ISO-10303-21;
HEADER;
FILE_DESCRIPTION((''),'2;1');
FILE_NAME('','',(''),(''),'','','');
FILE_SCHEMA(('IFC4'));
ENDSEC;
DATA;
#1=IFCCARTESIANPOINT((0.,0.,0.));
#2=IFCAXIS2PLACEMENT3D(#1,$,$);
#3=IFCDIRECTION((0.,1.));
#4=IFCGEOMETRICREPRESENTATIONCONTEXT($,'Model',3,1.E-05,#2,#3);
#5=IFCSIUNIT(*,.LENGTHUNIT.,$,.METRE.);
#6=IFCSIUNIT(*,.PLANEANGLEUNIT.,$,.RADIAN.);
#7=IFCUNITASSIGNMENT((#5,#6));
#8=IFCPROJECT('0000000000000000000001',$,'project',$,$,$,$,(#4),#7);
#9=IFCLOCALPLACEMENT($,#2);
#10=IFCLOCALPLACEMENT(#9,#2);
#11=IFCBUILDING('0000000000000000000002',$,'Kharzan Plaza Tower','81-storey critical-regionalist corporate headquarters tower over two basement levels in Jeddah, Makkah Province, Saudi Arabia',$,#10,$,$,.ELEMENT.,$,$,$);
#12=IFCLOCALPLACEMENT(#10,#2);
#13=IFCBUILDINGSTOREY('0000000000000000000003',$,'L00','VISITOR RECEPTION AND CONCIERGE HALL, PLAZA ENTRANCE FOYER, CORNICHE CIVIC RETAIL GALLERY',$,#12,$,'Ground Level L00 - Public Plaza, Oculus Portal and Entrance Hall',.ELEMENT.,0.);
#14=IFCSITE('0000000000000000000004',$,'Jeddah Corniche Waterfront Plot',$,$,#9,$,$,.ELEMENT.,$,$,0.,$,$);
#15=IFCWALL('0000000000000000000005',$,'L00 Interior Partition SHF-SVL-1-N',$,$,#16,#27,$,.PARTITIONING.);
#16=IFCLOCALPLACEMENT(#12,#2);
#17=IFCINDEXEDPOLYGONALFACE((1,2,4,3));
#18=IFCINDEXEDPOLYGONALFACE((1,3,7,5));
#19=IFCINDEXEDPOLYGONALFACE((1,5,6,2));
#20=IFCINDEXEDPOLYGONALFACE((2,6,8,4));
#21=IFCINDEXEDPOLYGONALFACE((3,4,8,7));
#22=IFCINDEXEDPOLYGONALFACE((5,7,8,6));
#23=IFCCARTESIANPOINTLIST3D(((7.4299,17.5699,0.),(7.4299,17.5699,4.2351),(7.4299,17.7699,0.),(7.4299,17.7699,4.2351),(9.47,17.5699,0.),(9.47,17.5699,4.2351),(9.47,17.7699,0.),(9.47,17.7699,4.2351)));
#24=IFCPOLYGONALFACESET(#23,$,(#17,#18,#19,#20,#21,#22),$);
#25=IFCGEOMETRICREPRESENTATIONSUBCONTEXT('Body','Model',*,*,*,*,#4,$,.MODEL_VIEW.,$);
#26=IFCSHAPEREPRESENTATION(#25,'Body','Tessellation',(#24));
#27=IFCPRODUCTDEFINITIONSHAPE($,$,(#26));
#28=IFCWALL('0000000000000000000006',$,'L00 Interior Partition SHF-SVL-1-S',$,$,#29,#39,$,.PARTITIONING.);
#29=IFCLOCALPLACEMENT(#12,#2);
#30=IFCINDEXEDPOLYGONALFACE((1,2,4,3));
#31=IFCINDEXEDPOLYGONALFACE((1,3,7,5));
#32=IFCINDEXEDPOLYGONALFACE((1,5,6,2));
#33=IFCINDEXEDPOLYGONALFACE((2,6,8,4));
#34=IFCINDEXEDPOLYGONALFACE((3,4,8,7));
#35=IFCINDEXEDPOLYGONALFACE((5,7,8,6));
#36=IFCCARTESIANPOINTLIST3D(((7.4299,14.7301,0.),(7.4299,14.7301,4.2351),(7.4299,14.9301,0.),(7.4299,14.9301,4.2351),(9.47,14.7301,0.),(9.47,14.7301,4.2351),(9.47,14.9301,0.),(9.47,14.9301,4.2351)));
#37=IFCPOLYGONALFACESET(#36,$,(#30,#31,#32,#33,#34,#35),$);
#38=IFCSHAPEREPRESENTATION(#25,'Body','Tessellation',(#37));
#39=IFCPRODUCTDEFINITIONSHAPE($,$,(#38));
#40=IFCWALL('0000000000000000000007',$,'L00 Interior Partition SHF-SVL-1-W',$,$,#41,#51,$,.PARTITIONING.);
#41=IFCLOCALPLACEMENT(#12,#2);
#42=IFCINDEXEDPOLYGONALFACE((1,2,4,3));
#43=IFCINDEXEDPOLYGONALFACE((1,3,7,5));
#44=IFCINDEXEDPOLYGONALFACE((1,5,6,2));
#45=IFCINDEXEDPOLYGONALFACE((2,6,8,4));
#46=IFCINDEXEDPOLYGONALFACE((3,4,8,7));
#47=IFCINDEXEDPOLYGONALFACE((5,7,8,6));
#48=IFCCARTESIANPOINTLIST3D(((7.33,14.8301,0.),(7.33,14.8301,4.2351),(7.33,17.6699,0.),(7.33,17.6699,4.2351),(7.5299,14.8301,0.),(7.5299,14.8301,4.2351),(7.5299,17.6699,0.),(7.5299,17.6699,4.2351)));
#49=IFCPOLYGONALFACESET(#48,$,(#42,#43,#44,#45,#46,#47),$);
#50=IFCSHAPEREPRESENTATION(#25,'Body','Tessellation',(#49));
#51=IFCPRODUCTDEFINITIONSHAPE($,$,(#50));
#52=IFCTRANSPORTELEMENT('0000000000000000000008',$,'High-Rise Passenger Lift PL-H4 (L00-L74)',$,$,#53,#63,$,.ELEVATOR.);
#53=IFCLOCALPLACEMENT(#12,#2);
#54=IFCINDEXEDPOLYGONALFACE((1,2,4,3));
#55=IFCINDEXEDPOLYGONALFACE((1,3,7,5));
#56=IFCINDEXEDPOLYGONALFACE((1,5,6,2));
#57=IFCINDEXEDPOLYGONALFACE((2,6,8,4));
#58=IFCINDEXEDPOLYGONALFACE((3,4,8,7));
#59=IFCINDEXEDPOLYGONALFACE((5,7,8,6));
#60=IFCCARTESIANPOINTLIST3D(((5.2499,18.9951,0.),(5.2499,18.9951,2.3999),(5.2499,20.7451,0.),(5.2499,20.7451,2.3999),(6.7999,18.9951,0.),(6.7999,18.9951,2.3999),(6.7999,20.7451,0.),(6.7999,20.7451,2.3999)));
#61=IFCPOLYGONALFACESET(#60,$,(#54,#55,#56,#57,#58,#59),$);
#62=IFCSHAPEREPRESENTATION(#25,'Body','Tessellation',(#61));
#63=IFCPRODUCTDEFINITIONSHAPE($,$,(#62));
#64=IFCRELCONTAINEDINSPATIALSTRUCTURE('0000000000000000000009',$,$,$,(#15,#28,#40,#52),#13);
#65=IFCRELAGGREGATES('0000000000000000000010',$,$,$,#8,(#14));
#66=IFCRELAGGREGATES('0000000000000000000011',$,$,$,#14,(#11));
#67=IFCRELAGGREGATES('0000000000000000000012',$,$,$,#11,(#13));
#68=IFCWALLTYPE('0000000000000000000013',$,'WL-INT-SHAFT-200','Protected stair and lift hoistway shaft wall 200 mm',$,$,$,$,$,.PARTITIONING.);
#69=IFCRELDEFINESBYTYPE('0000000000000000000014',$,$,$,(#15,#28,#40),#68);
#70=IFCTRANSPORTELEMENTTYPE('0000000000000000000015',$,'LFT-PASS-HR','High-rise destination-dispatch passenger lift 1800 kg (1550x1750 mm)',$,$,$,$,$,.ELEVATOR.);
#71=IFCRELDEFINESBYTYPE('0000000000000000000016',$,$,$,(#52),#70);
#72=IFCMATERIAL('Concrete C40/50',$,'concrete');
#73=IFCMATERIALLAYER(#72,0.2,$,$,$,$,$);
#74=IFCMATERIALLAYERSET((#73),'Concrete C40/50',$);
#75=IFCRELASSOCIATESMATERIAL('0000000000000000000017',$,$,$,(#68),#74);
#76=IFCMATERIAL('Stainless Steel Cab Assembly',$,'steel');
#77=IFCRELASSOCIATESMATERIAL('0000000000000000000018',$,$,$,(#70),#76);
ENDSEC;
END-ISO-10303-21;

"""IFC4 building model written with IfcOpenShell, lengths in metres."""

from ifc_helpers import new_model, si_unit, direction, frame, frame_2d, origin, origin_2d, place, context, subcontext, project, spatial, rectangle, extrude, source, transform, mapped, material, layer, layer_set, type_object, element, save


model = new_model("IFC4")

# Units and contexts
model_context = context("Model", 3, precision=1e-05, world=origin(), true_north=direction((0.0, 1.0)))
body_context = subcontext(model_context, "Body", "Model", "MODEL_VIEW")
ifc_project = project(units=[si_unit("LENGTHUNIT", "METRE"), si_unit("PLANEANGLEUNIT", "RADIAN")], contexts=[model_context])

# Site, building, storey
site_placement = place(None, origin())
site = spatial("IfcSite", under=ifc_project, at=site_placement, Name="Jeddah Corniche Waterfront Plot", CompositionType="ELEMENT", RefElevation=0.0)
building_placement = place(site_placement, origin())
building = spatial("IfcBuilding", under=site, at=building_placement, Name="Kharzan Plaza Tower", Description="81-storey critical-regionalist corporate headquarters tower over two basement levels in Jeddah, Makkah Province, Saudi Arabia", CompositionType="ELEMENT")
storey_placement = place(building_placement, origin())
storey = spatial("IfcBuildingStorey", under=building, at=storey_placement, Name="L00", Description="VISITOR RECEPTION AND CONCIERGE HALL, PLAZA ENTRANCE FOYER, CORNICHE CIVIC RETAIL GALLERY", LongName="Ground Level L00 - Public Plaza, Oculus Portal and Entrance Hall", CompositionType="ELEMENT", Elevation=0.0)

# Shared definitions
ifc_material_1 = material(Name="Concrete C40/50", Category="concrete")
ifc_layer_1 = layer(ifc_material_1, 0.2)
ifc_layer_set_1 = layer_set([ifc_layer_1], Name="Concrete C40/50")
wall_type_1 = type_object("IfcWallType", Name="WL-INT-SHAFT-200", Description="Protected stair and lift hoistway shaft wall 200 mm", PredefinedType="PARTITIONING", material=ifc_layer_set_1)

# Walls
shared_shape_1 = source(origin(), body_context, "Body", "SweptSolid", [
    extrude(rectangle(XDim=2.04, YDim=0.2, at=frame_2d((1.02, 0.0))), origin(), (0.0, 0.0, 1.0), 4.2351),
])
for number, where, z_axis, x_axis, name in (
    (1, (7.4299, 17.6699, 0.0), (0.0, 0.0, 1.0), (1.0, 0.0, 0.0), "L00 Interior Partition SHF-SVL-1-N"),
    (2, (7.4299, 14.8301, 0.0), (0.0, 0.0, 1.0), (1.0, 0.0, 0.0), "L00 Interior Partition SHF-SVL-1-S"),
):
    element("IfcWall", number, at=place(storey_placement, frame(where, z_axis=z_axis, x_axis=x_axis)), inside=storey, type_object=wall_type_1, Name=name, PredefinedType="PARTITIONING", context=body_context, shape_type="MappedRepresentation", body=[
        mapped(shared_shape_1, transform((0.0, 0.0, 0.0), x_axis=(1.0, 0.0, 0.0), y_axis=(0.0, 1.0, 0.0), z_axis=(0.0, 0.0, 1.0))),
    ])
shared_shape_2 = source(origin(), body_context, "Body", "SweptSolid", [
    extrude(rectangle(XDim=2.8398, YDim=0.2, at=frame_2d((1.4199, 0.0))), origin(), (0.0, 0.0, 1.0), 4.2351),
])
wall_1_placement = place(storey_placement, frame((7.4299, 14.8301, 0.0), z_axis=(0.0, 0.0, 1.0), x_axis=(0.0, 1.0, 0.0)))
element("IfcWall", 3, at=wall_1_placement, inside=storey, type_object=wall_type_1, Name="L00 Interior Partition SHF-SVL-1-W", PredefinedType="PARTITIONING", context=body_context, shape_type="MappedRepresentation", body=[
    mapped(shared_shape_2, transform((0.0, 0.0, 0.0), x_axis=(1.0, 0.0, 0.0), y_axis=(0.0, 1.0, 0.0), z_axis=(0.0, 0.0, 1.0))),
])

# Transport element
ifc_material_2 = material(Name="Stainless Steel Cab Assembly", Category="steel")
transport_element_type = type_object("IfcTransportElementType", Name="LFT-PASS-HR", Description="High-rise destination-dispatch passenger lift 1800 kg (1550x1750 mm)", PredefinedType="ELEVATOR", material=ifc_material_2)
shared_shape_3 = source(origin(), body_context, "Body", "SweptSolid", [
    extrude(rectangle(XDim=1.55, YDim=1.75, at=origin_2d()), origin(), (0.0, 0.0, 1.0), 2.3999),
])
transport_element_placement = place(storey_placement, frame((6.0249, 19.8701, 0.0), z_axis=(0.0, 0.0, 1.0), x_axis=(1.0, 0.0, 0.0)))
element("IfcTransportElement", 4, at=transport_element_placement, inside=storey, type_object=transport_element_type, Name="High-Rise Passenger Lift PL-H4 (L00-L74)", PredefinedType="ELEVATOR", context=body_context, shape_type="MappedRepresentation", body=[
    mapped(shared_shape_3, transform((0.0, 0.0, 0.0), x_axis=(1.0, 0.0, 0.0), y_axis=(0.0, 1.0, 0.0), z_axis=(0.0, 0.0, 1.0))),
])

save(model, "model.ifc")
